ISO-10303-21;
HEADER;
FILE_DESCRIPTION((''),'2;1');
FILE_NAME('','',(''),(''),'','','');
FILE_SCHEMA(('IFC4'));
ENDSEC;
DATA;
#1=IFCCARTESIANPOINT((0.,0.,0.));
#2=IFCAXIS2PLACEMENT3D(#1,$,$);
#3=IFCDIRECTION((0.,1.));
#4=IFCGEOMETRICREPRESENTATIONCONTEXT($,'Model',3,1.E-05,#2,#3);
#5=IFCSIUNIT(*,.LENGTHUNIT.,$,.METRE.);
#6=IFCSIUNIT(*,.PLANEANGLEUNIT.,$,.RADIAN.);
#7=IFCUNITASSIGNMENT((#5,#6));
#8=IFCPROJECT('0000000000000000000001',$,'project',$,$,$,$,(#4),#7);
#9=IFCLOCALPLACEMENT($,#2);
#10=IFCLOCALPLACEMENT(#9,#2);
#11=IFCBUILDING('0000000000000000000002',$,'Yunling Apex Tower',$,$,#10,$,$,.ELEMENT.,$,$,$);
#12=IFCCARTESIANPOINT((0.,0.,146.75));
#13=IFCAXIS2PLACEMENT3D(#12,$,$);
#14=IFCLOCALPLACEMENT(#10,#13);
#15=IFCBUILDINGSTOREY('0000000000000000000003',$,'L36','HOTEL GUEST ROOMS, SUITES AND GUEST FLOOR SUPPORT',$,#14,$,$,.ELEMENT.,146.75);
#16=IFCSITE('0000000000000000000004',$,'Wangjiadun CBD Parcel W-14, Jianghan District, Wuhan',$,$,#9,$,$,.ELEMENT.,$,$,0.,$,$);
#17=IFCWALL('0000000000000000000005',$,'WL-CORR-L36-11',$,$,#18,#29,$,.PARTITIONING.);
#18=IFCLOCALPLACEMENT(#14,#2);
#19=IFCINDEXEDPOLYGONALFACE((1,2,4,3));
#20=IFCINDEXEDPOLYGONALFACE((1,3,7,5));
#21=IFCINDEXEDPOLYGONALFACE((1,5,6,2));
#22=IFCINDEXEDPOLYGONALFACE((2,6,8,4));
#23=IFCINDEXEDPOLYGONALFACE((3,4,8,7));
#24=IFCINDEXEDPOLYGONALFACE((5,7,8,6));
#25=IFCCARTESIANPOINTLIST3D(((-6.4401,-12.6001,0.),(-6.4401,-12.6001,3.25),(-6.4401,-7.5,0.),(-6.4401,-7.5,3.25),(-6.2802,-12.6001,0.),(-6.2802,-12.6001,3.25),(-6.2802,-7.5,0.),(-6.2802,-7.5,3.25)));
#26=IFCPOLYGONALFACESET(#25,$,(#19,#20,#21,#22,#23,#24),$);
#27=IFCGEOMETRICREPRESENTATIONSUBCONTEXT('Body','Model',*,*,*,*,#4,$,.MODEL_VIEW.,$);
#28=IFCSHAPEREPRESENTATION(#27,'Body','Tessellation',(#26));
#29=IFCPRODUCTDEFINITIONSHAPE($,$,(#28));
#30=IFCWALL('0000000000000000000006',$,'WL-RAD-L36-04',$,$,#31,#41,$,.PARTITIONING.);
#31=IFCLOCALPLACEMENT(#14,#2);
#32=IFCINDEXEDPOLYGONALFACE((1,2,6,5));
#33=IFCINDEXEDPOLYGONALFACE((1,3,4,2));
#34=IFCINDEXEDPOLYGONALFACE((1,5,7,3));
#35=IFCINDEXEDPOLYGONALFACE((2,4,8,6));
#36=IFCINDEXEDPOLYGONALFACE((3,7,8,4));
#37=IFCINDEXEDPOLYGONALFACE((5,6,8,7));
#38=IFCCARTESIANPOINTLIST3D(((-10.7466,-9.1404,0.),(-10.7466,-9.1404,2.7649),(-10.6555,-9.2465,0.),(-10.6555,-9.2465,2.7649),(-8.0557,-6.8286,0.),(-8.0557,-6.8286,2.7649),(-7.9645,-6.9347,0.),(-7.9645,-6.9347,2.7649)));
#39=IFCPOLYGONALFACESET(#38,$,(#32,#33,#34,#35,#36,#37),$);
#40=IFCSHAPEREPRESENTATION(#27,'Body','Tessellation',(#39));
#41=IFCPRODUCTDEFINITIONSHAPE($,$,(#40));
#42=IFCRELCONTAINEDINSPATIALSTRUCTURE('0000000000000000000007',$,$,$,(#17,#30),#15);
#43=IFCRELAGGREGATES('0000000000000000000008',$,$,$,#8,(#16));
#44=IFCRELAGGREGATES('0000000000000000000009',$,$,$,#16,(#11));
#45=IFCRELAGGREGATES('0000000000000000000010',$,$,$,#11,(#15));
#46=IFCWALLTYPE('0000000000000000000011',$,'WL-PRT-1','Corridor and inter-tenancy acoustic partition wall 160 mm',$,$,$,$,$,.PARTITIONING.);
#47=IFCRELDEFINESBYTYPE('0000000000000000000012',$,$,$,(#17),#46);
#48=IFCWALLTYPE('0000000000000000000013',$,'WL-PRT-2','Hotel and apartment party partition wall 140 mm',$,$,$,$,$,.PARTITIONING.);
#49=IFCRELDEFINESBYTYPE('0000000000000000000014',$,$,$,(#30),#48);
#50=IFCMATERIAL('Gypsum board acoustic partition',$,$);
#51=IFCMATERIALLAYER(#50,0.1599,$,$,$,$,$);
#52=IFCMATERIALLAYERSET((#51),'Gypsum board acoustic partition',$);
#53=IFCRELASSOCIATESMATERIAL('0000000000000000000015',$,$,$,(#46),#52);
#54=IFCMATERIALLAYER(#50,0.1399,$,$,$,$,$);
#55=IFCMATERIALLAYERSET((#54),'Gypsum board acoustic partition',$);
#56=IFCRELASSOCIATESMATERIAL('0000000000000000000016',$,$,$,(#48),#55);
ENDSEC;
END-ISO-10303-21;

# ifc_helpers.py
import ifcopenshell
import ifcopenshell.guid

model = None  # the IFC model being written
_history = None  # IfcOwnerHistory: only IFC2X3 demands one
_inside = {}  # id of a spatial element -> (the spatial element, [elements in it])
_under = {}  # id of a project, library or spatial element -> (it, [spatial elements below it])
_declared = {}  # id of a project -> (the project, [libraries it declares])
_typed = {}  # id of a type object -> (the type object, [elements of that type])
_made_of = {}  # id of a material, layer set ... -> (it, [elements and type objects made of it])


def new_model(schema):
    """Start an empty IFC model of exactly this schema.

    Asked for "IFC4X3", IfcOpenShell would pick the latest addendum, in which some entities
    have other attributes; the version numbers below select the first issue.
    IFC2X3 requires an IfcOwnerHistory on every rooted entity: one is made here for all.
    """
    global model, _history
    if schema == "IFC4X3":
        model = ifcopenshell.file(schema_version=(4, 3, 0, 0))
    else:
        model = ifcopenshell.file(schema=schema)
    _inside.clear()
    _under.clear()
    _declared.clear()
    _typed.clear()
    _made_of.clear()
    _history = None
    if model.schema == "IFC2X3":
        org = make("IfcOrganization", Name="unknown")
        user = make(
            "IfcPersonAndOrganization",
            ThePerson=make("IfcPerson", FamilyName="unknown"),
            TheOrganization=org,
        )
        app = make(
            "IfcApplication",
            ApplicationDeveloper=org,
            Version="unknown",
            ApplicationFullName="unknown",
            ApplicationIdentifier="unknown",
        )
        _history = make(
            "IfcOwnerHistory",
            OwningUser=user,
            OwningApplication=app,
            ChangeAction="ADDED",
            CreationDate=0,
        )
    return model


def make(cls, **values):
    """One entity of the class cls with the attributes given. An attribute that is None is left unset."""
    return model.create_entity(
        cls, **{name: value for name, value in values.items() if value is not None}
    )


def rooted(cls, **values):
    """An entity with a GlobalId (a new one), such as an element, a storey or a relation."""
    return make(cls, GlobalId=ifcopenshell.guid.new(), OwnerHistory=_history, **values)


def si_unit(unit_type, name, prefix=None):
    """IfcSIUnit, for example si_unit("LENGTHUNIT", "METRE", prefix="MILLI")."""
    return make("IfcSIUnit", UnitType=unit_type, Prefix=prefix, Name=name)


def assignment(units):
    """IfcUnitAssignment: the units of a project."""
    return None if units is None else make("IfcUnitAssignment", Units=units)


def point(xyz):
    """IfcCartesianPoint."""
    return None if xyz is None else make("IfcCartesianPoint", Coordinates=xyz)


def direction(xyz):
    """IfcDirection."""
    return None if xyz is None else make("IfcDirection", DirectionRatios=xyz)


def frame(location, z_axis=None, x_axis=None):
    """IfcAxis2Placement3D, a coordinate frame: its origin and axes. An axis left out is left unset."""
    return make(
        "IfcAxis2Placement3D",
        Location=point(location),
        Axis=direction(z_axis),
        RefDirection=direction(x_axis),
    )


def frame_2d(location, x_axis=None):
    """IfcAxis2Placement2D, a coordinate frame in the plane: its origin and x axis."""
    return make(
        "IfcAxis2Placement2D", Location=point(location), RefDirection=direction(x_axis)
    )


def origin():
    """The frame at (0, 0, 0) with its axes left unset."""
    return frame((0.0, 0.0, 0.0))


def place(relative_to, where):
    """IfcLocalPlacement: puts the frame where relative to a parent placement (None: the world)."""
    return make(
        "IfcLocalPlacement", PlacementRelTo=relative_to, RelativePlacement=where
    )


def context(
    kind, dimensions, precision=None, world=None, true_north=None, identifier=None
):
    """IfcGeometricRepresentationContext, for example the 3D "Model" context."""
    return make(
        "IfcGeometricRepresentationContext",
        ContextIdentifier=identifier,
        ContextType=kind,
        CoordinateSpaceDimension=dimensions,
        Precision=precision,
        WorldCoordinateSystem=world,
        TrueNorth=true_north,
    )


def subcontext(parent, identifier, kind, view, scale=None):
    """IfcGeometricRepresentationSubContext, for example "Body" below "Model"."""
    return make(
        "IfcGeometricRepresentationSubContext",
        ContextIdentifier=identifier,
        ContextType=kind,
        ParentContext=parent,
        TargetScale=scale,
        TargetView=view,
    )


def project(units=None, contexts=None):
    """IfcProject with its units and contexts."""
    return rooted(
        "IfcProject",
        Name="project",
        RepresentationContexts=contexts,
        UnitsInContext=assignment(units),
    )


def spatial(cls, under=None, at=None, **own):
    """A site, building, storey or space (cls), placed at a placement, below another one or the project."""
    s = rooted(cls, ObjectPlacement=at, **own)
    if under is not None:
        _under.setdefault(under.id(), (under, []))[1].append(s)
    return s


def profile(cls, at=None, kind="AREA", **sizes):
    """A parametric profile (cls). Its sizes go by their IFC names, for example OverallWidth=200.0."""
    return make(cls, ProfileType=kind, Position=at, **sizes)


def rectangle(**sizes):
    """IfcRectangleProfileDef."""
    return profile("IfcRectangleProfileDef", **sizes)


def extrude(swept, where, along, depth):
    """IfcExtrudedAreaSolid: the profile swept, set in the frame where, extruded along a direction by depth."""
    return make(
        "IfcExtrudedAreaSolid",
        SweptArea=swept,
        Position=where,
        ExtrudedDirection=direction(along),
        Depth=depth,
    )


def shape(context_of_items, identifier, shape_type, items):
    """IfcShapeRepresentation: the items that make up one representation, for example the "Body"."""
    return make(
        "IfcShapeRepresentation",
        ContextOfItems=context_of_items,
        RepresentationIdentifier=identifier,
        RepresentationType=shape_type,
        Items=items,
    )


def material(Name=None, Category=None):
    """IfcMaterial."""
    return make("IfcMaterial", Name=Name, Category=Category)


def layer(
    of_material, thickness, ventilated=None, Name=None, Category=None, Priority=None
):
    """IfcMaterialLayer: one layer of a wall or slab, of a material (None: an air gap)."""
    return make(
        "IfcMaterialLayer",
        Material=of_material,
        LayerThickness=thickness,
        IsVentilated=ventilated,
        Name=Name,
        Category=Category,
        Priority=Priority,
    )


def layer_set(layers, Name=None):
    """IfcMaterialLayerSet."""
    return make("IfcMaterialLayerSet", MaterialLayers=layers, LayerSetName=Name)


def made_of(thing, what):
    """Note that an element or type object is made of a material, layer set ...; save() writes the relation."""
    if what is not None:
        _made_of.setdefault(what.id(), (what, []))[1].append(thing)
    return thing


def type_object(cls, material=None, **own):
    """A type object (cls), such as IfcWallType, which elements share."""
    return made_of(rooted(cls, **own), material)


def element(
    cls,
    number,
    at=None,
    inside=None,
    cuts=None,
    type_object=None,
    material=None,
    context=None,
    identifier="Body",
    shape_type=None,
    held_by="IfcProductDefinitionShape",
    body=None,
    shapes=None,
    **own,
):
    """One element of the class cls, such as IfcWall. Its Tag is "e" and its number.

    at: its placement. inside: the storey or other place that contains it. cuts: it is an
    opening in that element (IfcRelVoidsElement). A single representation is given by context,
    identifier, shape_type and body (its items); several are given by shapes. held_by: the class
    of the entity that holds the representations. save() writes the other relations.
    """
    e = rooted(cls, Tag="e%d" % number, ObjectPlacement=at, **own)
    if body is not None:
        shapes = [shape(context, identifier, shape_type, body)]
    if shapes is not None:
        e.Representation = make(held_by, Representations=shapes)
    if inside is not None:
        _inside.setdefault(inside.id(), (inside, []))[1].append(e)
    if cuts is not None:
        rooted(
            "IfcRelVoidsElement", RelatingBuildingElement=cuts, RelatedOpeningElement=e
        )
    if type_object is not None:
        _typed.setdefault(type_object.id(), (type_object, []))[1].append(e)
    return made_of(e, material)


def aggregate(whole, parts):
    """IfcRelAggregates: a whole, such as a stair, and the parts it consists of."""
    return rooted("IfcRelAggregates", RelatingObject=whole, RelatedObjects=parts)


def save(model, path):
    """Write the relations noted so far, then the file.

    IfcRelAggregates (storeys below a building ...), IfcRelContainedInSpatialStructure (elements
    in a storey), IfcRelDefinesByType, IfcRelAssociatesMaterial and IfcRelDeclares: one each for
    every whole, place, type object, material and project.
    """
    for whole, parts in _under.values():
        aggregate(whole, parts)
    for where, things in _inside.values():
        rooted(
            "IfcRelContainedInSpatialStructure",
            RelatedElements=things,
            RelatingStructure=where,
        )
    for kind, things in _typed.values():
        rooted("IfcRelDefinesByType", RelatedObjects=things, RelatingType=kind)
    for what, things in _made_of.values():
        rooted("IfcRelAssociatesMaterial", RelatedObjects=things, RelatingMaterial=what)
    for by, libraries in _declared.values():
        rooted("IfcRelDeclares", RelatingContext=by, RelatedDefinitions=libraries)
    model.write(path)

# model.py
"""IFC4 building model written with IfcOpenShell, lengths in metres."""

from ifc_helpers import new_model, si_unit, direction, frame, frame_2d, origin, place, context, subcontext, project, spatial, rectangle, extrude, material, layer, layer_set, type_object, element, save


model = new_model("IFC4")

# Units and contexts
model_context = context("Model", 3, precision=1e-05, world=origin(), true_north=direction((0.0, 1.0)))
body_context = subcontext(model_context, "Body", "Model", "MODEL_VIEW")
ifc_project = project(units=[si_unit("LENGTHUNIT", "METRE"), si_unit("PLANEANGLEUNIT", "RADIAN")], contexts=[model_context])

# Site, building, storey
site_placement = place(None, origin())
site = spatial("IfcSite", under=ifc_project, at=site_placement, Name="Wangjiadun CBD Parcel W-14, Jianghan District, Wuhan", CompositionType="ELEMENT", RefElevation=0.0)
building_placement = place(site_placement, origin())
building = spatial("IfcBuilding", under=site, at=building_placement, Name="Yunling Apex Tower", CompositionType="ELEMENT")
storey_placement = place(building_placement, frame((0.0, 0.0, 146.75)))
storey = spatial("IfcBuildingStorey", under=building, at=storey_placement, Name="L36", Description="HOTEL GUEST ROOMS, SUITES AND GUEST FLOOR SUPPORT", CompositionType="ELEMENT", Elevation=146.75)

# Shared definitions
ifc_material_1 = material(Name="Gypsum board acoustic partition")
ifc_layer_1 = layer(ifc_material_1, 0.1599)
ifc_layer_set_1 = layer_set([ifc_layer_1], Name="Gypsum board acoustic partition")
wall_type_1 = type_object("IfcWallType", Name="WL-PRT-1", Description="Corridor and inter-tenancy acoustic partition wall 160 mm", PredefinedType="PARTITIONING", material=ifc_layer_set_1)

# Walls
wall_1_placement = place(storey_placement, frame((-6.3601, -7.5, 0.0), z_axis=(0.0, 0.0, 1.0), x_axis=(0.0, -1.0, 0.0)))
element("IfcWall", 1, at=wall_1_placement, inside=storey, type_object=wall_type_1, Name="WL-CORR-L36-11", PredefinedType="PARTITIONING", context=body_context, shape_type="SweptSolid", body=[
    extrude(rectangle(XDim=5.1001, YDim=0.1599, at=frame_2d((2.55, 0.0))), origin(), (0.0, 0.0, 1.0), 3.25),
])
ifc_layer_2 = layer(ifc_material_1, 0.1399)
ifc_layer_set_2 = layer_set([ifc_layer_2], Name="Gypsum board acoustic partition")
wall_type_2 = type_object("IfcWallType", Name="WL-PRT-2", Description="Hotel and apartment party partition wall 140 mm", PredefinedType="PARTITIONING", material=ifc_layer_set_2)
wall_2_placement = place(storey_placement, frame((-8.01, -6.8816, 0.0), z_axis=(0.0, 0.0, 1.0), x_axis=(-0.758523, -0.651647, 0.0)))
element("IfcWall", 2, at=wall_2_placement, inside=storey, type_object=wall_type_2, Name="WL-RAD-L36-04", PredefinedType="PARTITIONING", context=body_context, shape_type="SweptSolid", body=[
    extrude(rectangle(XDim=3.5476, YDim=0.1399, at=frame_2d((1.7739, 0.0))), origin(), (0.0, 0.0, 1.0), 2.7649),
])

save(model, "model.ifc")
